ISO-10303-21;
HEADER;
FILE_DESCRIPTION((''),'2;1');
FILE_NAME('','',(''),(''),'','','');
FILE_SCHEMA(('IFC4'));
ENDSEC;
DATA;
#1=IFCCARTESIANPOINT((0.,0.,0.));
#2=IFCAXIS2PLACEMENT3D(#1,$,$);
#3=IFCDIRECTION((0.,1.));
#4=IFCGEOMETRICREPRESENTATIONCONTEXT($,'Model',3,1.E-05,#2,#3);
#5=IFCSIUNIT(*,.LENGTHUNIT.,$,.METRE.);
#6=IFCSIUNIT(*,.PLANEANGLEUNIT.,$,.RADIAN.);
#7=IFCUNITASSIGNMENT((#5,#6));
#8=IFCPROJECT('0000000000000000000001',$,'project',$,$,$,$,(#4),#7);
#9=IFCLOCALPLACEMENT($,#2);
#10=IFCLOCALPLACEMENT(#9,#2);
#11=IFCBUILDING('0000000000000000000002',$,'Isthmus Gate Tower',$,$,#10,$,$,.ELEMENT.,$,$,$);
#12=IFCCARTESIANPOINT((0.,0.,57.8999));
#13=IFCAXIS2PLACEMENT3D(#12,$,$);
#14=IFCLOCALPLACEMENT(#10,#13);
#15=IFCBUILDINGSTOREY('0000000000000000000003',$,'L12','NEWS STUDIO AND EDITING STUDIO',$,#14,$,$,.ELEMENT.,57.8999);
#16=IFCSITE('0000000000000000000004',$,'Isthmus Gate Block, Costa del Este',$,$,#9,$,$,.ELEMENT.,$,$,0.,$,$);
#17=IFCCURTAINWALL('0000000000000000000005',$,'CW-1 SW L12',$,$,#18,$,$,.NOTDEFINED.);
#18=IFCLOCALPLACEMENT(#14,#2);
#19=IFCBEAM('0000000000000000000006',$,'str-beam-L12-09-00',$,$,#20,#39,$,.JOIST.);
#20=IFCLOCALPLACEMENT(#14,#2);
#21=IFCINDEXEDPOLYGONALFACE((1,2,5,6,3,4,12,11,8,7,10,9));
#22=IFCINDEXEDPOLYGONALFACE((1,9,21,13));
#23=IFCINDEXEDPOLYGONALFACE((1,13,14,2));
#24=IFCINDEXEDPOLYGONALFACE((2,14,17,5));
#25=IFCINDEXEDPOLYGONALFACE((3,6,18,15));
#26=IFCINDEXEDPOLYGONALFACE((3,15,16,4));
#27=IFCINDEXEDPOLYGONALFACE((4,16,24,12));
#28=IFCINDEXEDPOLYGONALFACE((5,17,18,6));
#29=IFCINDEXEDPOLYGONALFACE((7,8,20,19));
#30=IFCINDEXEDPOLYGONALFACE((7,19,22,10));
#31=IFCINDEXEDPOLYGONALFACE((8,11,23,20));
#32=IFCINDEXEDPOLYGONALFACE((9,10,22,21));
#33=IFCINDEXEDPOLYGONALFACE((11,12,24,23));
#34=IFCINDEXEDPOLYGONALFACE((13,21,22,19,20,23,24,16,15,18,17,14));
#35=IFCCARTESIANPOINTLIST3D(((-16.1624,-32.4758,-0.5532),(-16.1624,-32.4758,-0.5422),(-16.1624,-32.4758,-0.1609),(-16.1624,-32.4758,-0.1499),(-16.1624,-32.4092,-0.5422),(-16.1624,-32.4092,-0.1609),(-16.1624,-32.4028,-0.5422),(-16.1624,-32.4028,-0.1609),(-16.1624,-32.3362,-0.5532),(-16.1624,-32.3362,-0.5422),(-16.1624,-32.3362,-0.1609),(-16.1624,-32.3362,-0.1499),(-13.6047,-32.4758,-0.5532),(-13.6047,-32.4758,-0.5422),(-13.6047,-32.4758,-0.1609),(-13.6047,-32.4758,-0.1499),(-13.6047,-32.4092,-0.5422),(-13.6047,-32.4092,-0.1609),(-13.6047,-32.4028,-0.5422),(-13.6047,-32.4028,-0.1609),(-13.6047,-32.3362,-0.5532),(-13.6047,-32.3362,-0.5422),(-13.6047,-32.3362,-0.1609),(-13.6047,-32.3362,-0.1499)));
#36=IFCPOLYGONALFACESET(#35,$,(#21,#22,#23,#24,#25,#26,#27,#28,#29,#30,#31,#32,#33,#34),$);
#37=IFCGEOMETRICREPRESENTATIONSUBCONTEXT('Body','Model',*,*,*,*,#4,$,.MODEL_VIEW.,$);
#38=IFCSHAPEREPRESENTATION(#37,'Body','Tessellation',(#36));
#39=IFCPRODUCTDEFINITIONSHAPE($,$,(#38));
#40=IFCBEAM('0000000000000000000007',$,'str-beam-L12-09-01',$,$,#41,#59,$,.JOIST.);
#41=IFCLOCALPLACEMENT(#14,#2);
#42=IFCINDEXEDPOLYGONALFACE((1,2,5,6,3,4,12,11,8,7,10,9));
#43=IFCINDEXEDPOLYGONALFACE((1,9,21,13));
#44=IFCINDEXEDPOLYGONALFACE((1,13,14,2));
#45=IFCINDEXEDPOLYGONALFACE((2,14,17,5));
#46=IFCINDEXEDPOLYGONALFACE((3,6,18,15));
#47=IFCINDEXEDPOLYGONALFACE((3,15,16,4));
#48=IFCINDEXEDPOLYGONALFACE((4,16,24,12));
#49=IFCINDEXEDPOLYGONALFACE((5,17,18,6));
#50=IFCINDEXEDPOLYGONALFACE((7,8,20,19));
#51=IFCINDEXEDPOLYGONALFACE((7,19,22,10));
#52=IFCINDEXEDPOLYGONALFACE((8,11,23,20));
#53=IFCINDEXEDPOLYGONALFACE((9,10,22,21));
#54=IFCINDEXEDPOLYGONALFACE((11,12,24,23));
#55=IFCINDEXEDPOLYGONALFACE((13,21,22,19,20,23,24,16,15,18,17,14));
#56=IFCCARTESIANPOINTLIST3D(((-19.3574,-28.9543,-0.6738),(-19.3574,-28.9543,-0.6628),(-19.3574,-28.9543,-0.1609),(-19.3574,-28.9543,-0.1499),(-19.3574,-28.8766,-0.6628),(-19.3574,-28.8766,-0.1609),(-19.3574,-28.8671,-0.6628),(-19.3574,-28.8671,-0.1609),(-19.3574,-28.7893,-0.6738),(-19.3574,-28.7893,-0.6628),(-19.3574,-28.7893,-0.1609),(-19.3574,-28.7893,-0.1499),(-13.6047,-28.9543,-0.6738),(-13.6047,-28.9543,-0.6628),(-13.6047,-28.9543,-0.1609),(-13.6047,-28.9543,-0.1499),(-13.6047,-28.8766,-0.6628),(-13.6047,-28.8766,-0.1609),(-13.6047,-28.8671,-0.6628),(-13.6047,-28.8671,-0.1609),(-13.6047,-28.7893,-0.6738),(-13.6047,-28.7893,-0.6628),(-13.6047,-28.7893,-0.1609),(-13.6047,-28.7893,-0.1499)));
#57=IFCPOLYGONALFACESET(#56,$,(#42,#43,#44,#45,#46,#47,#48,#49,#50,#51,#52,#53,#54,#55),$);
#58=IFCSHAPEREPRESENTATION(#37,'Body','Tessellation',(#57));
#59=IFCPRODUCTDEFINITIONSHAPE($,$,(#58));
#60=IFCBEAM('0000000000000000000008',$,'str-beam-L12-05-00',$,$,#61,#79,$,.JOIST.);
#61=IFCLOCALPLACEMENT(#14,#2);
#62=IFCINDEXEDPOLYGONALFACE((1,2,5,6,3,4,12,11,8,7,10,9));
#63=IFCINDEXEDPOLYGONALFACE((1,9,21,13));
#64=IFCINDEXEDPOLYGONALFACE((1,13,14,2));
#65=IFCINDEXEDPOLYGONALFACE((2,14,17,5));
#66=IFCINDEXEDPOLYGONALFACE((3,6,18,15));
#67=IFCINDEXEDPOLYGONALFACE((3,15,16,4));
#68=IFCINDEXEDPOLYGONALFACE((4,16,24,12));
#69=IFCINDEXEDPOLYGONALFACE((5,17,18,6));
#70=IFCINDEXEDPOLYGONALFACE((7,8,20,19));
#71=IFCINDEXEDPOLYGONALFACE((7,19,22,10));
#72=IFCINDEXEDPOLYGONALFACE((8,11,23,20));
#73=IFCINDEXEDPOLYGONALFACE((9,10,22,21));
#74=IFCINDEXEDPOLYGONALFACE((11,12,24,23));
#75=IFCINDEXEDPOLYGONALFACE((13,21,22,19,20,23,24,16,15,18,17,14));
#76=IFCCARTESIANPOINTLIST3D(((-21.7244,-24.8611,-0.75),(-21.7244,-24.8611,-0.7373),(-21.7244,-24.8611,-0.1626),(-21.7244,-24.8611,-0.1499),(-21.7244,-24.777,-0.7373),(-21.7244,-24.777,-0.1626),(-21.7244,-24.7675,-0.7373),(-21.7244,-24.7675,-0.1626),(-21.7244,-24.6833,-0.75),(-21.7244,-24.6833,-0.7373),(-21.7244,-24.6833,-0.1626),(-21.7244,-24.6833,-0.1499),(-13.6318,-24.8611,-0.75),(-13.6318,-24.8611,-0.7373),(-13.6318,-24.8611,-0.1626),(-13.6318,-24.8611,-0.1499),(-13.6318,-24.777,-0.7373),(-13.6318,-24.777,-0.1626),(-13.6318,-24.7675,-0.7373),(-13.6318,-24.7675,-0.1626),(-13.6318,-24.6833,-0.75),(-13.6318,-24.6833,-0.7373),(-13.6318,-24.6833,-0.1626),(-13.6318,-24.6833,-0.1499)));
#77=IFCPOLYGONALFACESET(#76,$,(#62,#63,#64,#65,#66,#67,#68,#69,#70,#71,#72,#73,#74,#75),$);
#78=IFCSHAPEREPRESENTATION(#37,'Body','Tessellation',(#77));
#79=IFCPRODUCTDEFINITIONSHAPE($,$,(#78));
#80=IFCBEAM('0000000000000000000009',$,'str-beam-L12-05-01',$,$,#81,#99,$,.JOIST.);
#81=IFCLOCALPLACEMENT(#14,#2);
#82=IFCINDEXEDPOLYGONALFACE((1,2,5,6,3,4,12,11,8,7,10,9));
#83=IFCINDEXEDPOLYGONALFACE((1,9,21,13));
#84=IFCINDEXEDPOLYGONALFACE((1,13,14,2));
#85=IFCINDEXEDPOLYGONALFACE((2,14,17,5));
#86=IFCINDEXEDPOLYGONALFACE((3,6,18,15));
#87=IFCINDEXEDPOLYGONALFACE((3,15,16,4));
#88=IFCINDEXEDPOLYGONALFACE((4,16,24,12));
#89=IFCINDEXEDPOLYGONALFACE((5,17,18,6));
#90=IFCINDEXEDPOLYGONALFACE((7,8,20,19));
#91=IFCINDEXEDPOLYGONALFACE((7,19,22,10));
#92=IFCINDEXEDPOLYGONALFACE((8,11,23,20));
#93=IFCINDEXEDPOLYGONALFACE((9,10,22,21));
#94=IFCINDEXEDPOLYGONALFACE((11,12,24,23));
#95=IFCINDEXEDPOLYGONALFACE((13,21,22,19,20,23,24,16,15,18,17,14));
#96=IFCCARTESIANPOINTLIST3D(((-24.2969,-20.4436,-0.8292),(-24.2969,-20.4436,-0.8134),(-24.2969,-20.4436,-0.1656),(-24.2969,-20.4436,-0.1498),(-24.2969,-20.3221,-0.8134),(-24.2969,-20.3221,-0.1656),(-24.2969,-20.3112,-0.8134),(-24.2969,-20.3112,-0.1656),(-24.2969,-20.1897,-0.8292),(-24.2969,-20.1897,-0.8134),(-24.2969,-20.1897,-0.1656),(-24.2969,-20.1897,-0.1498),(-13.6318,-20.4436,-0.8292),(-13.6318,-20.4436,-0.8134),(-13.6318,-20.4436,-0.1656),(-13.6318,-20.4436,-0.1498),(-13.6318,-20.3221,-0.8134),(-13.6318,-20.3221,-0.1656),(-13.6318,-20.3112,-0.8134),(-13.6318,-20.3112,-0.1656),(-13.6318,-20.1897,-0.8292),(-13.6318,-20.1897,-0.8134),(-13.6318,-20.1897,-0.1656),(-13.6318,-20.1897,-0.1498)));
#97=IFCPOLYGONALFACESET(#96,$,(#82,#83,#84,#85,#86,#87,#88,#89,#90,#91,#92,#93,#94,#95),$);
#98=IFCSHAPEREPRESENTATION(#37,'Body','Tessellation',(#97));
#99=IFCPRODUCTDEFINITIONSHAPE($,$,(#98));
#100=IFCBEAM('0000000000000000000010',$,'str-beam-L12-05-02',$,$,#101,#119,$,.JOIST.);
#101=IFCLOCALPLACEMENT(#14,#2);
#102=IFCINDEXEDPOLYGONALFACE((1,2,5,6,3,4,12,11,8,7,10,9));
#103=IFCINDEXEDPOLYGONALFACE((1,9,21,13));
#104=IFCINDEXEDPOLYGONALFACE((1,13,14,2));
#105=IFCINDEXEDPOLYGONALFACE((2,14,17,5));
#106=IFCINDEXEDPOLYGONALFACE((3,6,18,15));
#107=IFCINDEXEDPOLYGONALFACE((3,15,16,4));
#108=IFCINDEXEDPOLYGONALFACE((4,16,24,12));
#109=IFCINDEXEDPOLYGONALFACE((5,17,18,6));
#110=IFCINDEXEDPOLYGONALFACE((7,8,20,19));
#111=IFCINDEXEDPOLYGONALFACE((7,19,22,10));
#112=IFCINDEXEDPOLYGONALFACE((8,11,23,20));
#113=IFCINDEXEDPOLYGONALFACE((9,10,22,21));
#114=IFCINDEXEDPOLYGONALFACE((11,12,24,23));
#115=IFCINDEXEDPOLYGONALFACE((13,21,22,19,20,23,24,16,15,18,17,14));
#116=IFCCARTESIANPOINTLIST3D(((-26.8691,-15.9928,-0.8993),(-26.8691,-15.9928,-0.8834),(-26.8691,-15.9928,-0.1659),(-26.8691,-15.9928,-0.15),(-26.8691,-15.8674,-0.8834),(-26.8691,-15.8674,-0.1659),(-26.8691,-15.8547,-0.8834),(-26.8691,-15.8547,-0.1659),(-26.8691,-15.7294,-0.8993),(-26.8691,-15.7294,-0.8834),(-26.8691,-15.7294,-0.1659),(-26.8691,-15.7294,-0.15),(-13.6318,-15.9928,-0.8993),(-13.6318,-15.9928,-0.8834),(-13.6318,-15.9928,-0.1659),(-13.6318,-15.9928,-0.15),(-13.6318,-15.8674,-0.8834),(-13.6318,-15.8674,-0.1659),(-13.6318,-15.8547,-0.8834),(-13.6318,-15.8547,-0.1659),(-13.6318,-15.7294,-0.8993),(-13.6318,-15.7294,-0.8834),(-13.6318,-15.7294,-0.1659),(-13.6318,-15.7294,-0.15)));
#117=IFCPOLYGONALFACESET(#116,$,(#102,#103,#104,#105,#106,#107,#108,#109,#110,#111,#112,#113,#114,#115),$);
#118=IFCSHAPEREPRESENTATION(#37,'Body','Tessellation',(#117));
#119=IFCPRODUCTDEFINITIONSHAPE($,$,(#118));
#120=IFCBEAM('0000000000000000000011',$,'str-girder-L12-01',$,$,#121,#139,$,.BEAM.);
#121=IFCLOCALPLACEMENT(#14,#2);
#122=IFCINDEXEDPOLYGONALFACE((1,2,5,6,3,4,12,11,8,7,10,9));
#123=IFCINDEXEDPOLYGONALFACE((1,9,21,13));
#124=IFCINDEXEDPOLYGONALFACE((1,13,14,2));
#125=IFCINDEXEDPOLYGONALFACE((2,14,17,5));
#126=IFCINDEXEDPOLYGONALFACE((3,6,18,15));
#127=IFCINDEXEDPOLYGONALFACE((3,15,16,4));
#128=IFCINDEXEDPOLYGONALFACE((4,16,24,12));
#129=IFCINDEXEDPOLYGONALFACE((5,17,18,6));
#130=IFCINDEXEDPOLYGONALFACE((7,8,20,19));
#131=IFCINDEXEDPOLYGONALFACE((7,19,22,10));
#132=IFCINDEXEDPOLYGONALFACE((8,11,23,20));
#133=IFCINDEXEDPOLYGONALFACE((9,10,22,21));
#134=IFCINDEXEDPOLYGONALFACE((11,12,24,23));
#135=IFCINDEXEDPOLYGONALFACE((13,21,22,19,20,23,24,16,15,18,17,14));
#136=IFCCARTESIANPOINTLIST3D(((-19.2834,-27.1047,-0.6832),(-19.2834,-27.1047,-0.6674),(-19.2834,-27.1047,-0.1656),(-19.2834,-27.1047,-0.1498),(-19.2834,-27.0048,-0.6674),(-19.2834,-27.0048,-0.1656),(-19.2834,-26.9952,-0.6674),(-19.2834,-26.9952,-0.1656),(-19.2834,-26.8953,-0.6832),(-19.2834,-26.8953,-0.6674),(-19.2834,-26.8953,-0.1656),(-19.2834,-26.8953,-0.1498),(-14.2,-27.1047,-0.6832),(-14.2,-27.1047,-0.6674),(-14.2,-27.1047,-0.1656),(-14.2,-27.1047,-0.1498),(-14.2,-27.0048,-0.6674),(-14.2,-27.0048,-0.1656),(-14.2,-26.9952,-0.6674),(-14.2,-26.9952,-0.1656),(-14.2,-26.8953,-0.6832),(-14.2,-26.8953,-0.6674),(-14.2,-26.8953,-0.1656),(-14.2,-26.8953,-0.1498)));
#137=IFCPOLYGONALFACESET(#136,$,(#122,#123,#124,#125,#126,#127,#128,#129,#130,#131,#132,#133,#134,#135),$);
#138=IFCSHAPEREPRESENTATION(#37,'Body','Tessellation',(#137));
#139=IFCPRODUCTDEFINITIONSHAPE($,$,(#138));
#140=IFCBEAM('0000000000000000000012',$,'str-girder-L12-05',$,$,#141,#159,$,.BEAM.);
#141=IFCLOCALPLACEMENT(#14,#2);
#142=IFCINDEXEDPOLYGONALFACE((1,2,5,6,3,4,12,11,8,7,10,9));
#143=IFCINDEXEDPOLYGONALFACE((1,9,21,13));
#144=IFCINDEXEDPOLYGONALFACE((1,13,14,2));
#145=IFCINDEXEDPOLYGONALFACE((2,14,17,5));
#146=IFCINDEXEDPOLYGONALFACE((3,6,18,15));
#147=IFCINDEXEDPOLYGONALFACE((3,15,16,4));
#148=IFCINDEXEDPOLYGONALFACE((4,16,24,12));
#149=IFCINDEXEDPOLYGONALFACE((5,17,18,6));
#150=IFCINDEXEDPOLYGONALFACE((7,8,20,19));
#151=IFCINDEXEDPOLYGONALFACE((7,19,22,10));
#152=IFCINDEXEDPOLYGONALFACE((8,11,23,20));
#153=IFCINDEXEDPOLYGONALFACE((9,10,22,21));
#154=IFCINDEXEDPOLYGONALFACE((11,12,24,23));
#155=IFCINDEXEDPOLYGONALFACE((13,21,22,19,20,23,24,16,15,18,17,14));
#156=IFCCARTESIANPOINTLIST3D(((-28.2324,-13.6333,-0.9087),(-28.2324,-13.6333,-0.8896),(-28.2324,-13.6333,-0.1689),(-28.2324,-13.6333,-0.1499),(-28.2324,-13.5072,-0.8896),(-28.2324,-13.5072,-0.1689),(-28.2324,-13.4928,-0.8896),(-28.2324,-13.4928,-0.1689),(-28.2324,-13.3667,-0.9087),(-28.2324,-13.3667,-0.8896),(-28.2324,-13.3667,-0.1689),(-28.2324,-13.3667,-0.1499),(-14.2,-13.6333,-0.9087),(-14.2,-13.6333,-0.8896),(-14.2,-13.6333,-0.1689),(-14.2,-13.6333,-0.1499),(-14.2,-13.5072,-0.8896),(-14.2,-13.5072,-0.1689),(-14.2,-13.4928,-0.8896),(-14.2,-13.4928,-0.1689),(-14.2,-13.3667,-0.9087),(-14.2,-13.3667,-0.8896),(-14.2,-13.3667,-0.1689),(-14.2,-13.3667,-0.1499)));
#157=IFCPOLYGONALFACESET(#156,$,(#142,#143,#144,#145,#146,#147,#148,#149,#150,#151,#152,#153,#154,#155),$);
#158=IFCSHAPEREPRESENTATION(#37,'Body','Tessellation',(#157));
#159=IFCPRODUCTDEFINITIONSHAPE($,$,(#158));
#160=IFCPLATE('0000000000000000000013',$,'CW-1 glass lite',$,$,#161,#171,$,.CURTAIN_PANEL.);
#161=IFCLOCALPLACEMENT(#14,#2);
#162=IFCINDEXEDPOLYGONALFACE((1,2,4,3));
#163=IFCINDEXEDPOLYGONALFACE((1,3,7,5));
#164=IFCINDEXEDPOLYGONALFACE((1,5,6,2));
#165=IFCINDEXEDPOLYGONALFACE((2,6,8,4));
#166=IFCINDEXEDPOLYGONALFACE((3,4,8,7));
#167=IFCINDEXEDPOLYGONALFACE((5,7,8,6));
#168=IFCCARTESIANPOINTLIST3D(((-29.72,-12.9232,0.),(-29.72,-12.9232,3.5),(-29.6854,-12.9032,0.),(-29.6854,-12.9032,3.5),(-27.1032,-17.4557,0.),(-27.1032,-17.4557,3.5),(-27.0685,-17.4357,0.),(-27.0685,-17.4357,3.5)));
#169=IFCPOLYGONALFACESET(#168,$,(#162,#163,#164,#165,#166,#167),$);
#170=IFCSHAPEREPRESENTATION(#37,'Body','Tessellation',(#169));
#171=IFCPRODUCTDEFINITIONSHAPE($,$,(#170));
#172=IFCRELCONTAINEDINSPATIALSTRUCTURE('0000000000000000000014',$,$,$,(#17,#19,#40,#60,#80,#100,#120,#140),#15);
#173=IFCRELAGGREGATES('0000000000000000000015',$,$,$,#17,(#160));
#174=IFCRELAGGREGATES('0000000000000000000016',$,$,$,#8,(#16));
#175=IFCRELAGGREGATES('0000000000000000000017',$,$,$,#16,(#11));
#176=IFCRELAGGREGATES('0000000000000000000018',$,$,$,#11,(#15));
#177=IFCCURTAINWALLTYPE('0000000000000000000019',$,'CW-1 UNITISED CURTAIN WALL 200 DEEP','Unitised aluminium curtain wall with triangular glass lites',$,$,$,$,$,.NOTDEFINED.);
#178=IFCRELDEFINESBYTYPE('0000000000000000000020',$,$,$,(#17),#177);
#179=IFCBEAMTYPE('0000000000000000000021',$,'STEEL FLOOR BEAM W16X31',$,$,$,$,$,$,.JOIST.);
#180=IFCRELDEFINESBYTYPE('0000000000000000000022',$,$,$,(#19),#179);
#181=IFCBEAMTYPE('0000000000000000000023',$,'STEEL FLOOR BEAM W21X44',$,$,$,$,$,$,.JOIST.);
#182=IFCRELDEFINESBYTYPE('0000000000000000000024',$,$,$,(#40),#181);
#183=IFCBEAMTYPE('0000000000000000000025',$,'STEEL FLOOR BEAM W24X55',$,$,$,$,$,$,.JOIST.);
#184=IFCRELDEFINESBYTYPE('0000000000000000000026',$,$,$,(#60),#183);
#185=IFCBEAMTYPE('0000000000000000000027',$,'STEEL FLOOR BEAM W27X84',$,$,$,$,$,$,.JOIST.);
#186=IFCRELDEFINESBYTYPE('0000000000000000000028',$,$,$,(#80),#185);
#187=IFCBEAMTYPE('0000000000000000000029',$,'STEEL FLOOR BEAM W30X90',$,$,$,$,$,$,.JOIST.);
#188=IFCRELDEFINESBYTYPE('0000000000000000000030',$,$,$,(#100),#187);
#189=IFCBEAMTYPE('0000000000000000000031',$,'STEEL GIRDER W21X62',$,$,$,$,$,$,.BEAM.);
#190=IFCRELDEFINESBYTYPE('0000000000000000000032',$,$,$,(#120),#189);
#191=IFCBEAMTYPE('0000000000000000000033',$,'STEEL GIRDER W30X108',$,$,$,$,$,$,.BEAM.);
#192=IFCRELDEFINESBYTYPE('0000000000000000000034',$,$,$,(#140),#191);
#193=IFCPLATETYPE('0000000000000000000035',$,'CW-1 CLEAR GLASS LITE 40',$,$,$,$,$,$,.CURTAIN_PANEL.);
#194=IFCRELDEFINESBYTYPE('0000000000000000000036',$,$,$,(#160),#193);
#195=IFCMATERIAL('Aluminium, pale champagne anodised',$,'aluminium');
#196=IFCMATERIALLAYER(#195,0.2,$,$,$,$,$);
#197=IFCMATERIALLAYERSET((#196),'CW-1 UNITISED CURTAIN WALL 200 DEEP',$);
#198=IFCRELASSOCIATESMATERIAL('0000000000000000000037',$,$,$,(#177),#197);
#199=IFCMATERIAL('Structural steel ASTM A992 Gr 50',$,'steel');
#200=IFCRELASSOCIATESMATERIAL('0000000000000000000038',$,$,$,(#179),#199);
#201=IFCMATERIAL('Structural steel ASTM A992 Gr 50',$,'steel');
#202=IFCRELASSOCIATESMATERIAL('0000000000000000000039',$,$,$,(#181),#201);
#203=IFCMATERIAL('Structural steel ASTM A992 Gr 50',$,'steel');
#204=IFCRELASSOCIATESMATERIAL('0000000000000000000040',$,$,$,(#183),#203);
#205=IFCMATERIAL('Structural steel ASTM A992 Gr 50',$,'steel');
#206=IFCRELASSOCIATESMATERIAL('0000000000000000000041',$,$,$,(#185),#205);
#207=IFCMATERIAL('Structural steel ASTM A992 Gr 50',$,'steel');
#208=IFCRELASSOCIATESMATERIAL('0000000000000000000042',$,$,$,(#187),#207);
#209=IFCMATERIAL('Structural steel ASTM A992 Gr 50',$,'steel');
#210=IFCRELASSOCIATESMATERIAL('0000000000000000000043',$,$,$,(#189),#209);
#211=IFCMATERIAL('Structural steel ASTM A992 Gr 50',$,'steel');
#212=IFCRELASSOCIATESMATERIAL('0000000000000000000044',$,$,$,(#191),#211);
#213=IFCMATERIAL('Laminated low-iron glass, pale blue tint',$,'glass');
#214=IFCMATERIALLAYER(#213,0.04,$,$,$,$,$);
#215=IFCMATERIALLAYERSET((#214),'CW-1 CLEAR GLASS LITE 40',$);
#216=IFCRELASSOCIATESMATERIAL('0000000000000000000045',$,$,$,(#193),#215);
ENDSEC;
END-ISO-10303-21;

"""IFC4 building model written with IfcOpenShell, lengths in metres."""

from ifc_helpers import new_model, si_unit, direction, frame, origin, origin_2d, place, context, subcontext, project, spatial, rectangle, i_section, extrude, material, layer, layer_set, material_profile, profile_set, type_object, element, aggregate, save


model = new_model("IFC4")

# Units and contexts
model_context = context("Model", 3, precision=1e-05, world=origin(), true_north=direction((0.0, 1.0)))
body_context = subcontext(model_context, "Body", "Model", "MODEL_VIEW")
ifc_project = project(units=[si_unit("LENGTHUNIT", "METRE"), si_unit("PLANEANGLEUNIT", "RADIAN")], contexts=[model_context])

# Site, building, storey
site_placement = place(None, origin())
site = spatial("IfcSite", under=ifc_project, at=site_placement, Name="Isthmus Gate Block, Costa del Este", CompositionType="ELEMENT", RefElevation=0.0)
building_placement = place(site_placement, origin())
building = spatial("IfcBuilding", under=site, at=building_placement, Name="Isthmus Gate Tower", CompositionType="ELEMENT")
storey_placement = place(building_placement, frame((0.0, 0.0, 57.8999)))
storey = spatial("IfcBuildingStorey", under=building, at=storey_placement, Name="L12", Description="NEWS STUDIO AND EDITING STUDIO", CompositionType="ELEMENT", Elevation=57.8999)

# Curtain wall
ifc_material_1 = material(Name="Aluminium, pale champagne anodised", Category="aluminium")
ifc_layer_1 = layer(ifc_material_1, 0.2)
ifc_layer_set_1 = layer_set([ifc_layer_1], Name="CW-1 UNITISED CURTAIN WALL 200 DEEP")
curtain_wall_type = type_object("IfcCurtainWallType", Name="CW-1 UNITISED CURTAIN WALL 200 DEEP", Description="Unitised aluminium curtain wall with triangular glass lites", PredefinedType="NOTDEFINED", material=ifc_layer_set_1)
curtain_wall_1_placement = place(storey_placement, origin())
curtain_wall_1 = element("IfcCurtainWall", 1, at=curtain_wall_1_placement, inside=storey, type_object=curtain_wall_type, Name="CW-1 SW L12", PredefinedType="NOTDEFINED")

# Beams
ifc_material_2 = material(Name="Structural steel ASTM A992 Gr 50", Category="steel")
ifc_material_profile_1 = material_profile(ifc_material_2, i_section(OverallWidth=0.1396, OverallDepth=0.4033, WebThickness=0.0063, FlangeThickness=0.011, at=origin_2d()), Name="W16X31")
ifc_profile_set_1 = profile_set([ifc_material_profile_1], Name="Structural steel ASTM A992 Gr 50")
beam_type_1 = type_object("IfcBeamType", Name="STEEL FLOOR BEAM W16X31", PredefinedType="JOIST", material=ifc_profile_set_1)
beam_1_placement = place(storey_placement, frame((-16.1624, -32.406, -0.3516), z_axis=(1.0, 0.0, 0.0), x_axis=(0.0, 1.0, 0.0)))
element("IfcBeam", 2, at=beam_1_placement, inside=storey, type_object=beam_type_1, Name="str-beam-L12-09-00", PredefinedType="JOIST", context=body_context, shape_type="SweptSolid", body=[
    extrude(i_section(OverallWidth=0.1396, OverallDepth=0.4033, WebThickness=0.0063, FlangeThickness=0.011, at=origin_2d()), origin(), (0.0, 0.0, 1.0), 2.5576),
])
ifc_material_3 = material(Name="Structural steel ASTM A992 Gr 50", Category="steel")
ifc_material_profile_2 = material_profile(ifc_material_3, i_section(OverallWidth=0.165, OverallDepth=0.5239, WebThickness=0.0095, FlangeThickness=0.011, at=origin_2d()), Name="W21X44")
ifc_profile_set_2 = profile_set([ifc_material_profile_2], Name="Structural steel ASTM A992 Gr 50")
beam_type_2 = type_object("IfcBeamType", Name="STEEL FLOOR BEAM W21X44", PredefinedType="JOIST", material=ifc_profile_set_2)
beam_2_placement = place(storey_placement, frame((-19.3574, -28.8718, -0.4119), z_axis=(1.0, 0.0, 0.0), x_axis=(0.0, 1.0, 0.0)))
element("IfcBeam", 3, at=beam_2_placement, inside=storey, type_object=beam_type_2, Name="str-beam-L12-09-01", PredefinedType="JOIST", context=body_context, shape_type="SweptSolid", body=[
    extrude(i_section(OverallWidth=0.165, OverallDepth=0.5239, WebThickness=0.0095, FlangeThickness=0.011, at=origin_2d()), origin(), (0.0, 0.0, 1.0), 5.7527),
])
ifc_material_4 = material(Name="Structural steel ASTM A992 Gr 50", Category="steel")
ifc_material_profile_3 = material_profile(ifc_material_4, i_section(OverallWidth=0.1777, OverallDepth=0.6001, WebThickness=0.0095, FlangeThickness=0.0127, at=origin_2d()), Name="W24X55")
ifc_profile_set_3 = profile_set([ifc_material_profile_3], Name="Structural steel ASTM A992 Gr 50")
beam_type_3 = type_object("IfcBeamType", Name="STEEL FLOOR BEAM W24X55", PredefinedType="JOIST", material=ifc_profile_set_3)
beam_3_placement = place(storey_placement, frame((-21.7244, -24.7722, -0.45), z_axis=(1.0, 0.0, 0.0), x_axis=(0.0, 1.0, 0.0)))
element("IfcBeam", 4, at=beam_3_placement, inside=storey, type_object=beam_type_3, Name="str-beam-L12-05-00", PredefinedType="JOIST", context=body_context, shape_type="SweptSolid", body=[
    extrude(i_section(OverallWidth=0.1777, OverallDepth=0.6001, WebThickness=0.0095, FlangeThickness=0.0127, at=origin_2d()), origin(), (0.0, 0.0, 1.0), 8.0925),
])
ifc_material_5 = material(Name="Structural steel ASTM A992 Gr 50", Category="steel")
ifc_material_profile_4 = material_profile(ifc_material_5, i_section(OverallWidth=0.2539, OverallDepth=0.6794, WebThickness=0.011, FlangeThickness=0.0159, at=origin_2d()), Name="W27X84")
ifc_profile_set_4 = profile_set([ifc_material_profile_4], Name="Structural steel ASTM A992 Gr 50")
beam_type_4 = type_object("IfcBeamType", Name="STEEL FLOOR BEAM W27X84", PredefinedType="JOIST", material=ifc_profile_set_4)
beam_4_placement = place(storey_placement, frame((-24.2969, -20.3167, -0.4895), z_axis=(1.0, 0.0, 0.0), x_axis=(0.0, 1.0, 0.0)))
element("IfcBeam", 5, at=beam_4_placement, inside=storey, type_object=beam_type_4, Name="str-beam-L12-05-01", PredefinedType="JOIST", context=body_context, shape_type="SweptSolid", body=[
    extrude(i_section(OverallWidth=0.2539, OverallDepth=0.6794, WebThickness=0.011, FlangeThickness=0.0159, at=origin_2d()), origin(), (0.0, 0.0, 1.0), 10.665),
])
ifc_material_6 = material(Name="Structural steel ASTM A992 Gr 50", Category="steel")
ifc_material_profile_5 = material_profile(ifc_material_6, i_section(OverallWidth=0.2634, OverallDepth=0.7493, WebThickness=0.0127, FlangeThickness=0.0159, at=origin_2d()), Name="W30X90")
ifc_profile_set_5 = profile_set([ifc_material_profile_5], Name="Structural steel ASTM A992 Gr 50")
beam_type_5 = type_object("IfcBeamType", Name="STEEL FLOOR BEAM W30X90", PredefinedType="JOIST", material=ifc_profile_set_5)
beam_5_placement = place(storey_placement, frame((-26.8691, -15.8611, -0.5247), z_axis=(1.0, 0.0, 0.0), x_axis=(0.0, 1.0, 0.0)))
element("IfcBeam", 6, at=beam_5_placement, inside=storey, type_object=beam_type_5, Name="str-beam-L12-05-02", PredefinedType="JOIST", context=body_context, shape_type="SweptSolid", body=[
    extrude(i_section(OverallWidth=0.2634, OverallDepth=0.7493, WebThickness=0.0127, FlangeThickness=0.0159, at=origin_2d()), origin(), (0.0, 0.0, 1.0), 13.2373),
])
ifc_material_7 = material(Name="Structural steel ASTM A992 Gr 50", Category="steel")
ifc_material_profile_6 = material_profile(ifc_material_7, i_section(OverallWidth=0.2095, OverallDepth=0.5334, WebThickness=0.0095, FlangeThickness=0.0159, at=origin_2d()), Name="W21X62")
ifc_profile_set_6 = profile_set([ifc_material_profile_6], Name="Structural steel ASTM A992 Gr 50")
beam_type_6 = type_object("IfcBeamType", Name="STEEL GIRDER W21X62", PredefinedType="BEAM", material=ifc_profile_set_6)
beam_6_placement = place(storey_placement, frame((-19.2834, -27.0, -0.4165), z_axis=(1.0, 0.0, 0.0), x_axis=(0.0, 1.0, 0.0)))
element("IfcBeam", 7, at=beam_6_placement, inside=storey, type_object=beam_type_6, Name="str-girder-L12-01", PredefinedType="BEAM", context=body_context, shape_type="SweptSolid", body=[
    extrude(i_section(OverallWidth=0.2095, OverallDepth=0.5334, WebThickness=0.0095, FlangeThickness=0.0159, at=origin_2d()), origin(), (0.0, 0.0, 1.0), 5.0835),
])
ifc_material_8 = material(Name="Structural steel ASTM A992 Gr 50", Category="steel")
ifc_material_profile_7 = material_profile(ifc_material_8, i_section(OverallWidth=0.2666, OverallDepth=0.7588, WebThickness=0.0144, FlangeThickness=0.019, at=origin_2d()), Name="W30X108")
ifc_profile_set_7 = profile_set([ifc_material_profile_7], Name="Structural steel ASTM A992 Gr 50")
beam_type_7 = type_object("IfcBeamType", Name="STEEL GIRDER W30X108", PredefinedType="BEAM", material=ifc_profile_set_7)
beam_7_placement = place(storey_placement, frame((-28.2324, -13.5, -0.5293), z_axis=(1.0, 0.0, 0.0), x_axis=(0.0, 1.0, 0.0)))
element("IfcBeam", 8, at=beam_7_placement, inside=storey, type_object=beam_type_7, Name="str-girder-L12-05", PredefinedType="BEAM", context=body_context, shape_type="SweptSolid", body=[
    extrude(i_section(OverallWidth=0.2666, OverallDepth=0.7588, WebThickness=0.0144, FlangeThickness=0.019, at=origin_2d()), origin(), (0.0, 0.0, 1.0), 14.0325),
])

# Plate
ifc_material_9 = material(Name="Laminated low-iron glass, pale blue tint", Category="glass")
ifc_layer_2 = layer(ifc_material_9, 0.04)
ifc_layer_set_2 = layer_set([ifc_layer_2], Name="CW-1 CLEAR GLASS LITE 40")
plate_type = type_object("IfcPlateType", Name="CW-1 CLEAR GLASS LITE 40", PredefinedType="CURTAIN_PANEL", material=ifc_layer_set_2)
plate_1_placement = place(storey_placement, frame((-28.3943, -15.1794, 0.0), z_axis=(0.0, 0.0, 1.0), x_axis=(0.5, -0.866025, 0.0)))
plate_1 = element("IfcPlate", 9, at=plate_1_placement, type_object=plate_type, Name="CW-1 glass lite", PredefinedType="CURTAIN_PANEL", context=body_context, shape_type="SweptSolid", body=[
    extrude(rectangle(XDim=5.2336, YDim=0.04, at=origin_2d()), origin(), (0.0, 0.0, 1.0), 3.5),
])
aggregate(curtain_wall_1, [plate_1])

save(model, "model.ifc")
